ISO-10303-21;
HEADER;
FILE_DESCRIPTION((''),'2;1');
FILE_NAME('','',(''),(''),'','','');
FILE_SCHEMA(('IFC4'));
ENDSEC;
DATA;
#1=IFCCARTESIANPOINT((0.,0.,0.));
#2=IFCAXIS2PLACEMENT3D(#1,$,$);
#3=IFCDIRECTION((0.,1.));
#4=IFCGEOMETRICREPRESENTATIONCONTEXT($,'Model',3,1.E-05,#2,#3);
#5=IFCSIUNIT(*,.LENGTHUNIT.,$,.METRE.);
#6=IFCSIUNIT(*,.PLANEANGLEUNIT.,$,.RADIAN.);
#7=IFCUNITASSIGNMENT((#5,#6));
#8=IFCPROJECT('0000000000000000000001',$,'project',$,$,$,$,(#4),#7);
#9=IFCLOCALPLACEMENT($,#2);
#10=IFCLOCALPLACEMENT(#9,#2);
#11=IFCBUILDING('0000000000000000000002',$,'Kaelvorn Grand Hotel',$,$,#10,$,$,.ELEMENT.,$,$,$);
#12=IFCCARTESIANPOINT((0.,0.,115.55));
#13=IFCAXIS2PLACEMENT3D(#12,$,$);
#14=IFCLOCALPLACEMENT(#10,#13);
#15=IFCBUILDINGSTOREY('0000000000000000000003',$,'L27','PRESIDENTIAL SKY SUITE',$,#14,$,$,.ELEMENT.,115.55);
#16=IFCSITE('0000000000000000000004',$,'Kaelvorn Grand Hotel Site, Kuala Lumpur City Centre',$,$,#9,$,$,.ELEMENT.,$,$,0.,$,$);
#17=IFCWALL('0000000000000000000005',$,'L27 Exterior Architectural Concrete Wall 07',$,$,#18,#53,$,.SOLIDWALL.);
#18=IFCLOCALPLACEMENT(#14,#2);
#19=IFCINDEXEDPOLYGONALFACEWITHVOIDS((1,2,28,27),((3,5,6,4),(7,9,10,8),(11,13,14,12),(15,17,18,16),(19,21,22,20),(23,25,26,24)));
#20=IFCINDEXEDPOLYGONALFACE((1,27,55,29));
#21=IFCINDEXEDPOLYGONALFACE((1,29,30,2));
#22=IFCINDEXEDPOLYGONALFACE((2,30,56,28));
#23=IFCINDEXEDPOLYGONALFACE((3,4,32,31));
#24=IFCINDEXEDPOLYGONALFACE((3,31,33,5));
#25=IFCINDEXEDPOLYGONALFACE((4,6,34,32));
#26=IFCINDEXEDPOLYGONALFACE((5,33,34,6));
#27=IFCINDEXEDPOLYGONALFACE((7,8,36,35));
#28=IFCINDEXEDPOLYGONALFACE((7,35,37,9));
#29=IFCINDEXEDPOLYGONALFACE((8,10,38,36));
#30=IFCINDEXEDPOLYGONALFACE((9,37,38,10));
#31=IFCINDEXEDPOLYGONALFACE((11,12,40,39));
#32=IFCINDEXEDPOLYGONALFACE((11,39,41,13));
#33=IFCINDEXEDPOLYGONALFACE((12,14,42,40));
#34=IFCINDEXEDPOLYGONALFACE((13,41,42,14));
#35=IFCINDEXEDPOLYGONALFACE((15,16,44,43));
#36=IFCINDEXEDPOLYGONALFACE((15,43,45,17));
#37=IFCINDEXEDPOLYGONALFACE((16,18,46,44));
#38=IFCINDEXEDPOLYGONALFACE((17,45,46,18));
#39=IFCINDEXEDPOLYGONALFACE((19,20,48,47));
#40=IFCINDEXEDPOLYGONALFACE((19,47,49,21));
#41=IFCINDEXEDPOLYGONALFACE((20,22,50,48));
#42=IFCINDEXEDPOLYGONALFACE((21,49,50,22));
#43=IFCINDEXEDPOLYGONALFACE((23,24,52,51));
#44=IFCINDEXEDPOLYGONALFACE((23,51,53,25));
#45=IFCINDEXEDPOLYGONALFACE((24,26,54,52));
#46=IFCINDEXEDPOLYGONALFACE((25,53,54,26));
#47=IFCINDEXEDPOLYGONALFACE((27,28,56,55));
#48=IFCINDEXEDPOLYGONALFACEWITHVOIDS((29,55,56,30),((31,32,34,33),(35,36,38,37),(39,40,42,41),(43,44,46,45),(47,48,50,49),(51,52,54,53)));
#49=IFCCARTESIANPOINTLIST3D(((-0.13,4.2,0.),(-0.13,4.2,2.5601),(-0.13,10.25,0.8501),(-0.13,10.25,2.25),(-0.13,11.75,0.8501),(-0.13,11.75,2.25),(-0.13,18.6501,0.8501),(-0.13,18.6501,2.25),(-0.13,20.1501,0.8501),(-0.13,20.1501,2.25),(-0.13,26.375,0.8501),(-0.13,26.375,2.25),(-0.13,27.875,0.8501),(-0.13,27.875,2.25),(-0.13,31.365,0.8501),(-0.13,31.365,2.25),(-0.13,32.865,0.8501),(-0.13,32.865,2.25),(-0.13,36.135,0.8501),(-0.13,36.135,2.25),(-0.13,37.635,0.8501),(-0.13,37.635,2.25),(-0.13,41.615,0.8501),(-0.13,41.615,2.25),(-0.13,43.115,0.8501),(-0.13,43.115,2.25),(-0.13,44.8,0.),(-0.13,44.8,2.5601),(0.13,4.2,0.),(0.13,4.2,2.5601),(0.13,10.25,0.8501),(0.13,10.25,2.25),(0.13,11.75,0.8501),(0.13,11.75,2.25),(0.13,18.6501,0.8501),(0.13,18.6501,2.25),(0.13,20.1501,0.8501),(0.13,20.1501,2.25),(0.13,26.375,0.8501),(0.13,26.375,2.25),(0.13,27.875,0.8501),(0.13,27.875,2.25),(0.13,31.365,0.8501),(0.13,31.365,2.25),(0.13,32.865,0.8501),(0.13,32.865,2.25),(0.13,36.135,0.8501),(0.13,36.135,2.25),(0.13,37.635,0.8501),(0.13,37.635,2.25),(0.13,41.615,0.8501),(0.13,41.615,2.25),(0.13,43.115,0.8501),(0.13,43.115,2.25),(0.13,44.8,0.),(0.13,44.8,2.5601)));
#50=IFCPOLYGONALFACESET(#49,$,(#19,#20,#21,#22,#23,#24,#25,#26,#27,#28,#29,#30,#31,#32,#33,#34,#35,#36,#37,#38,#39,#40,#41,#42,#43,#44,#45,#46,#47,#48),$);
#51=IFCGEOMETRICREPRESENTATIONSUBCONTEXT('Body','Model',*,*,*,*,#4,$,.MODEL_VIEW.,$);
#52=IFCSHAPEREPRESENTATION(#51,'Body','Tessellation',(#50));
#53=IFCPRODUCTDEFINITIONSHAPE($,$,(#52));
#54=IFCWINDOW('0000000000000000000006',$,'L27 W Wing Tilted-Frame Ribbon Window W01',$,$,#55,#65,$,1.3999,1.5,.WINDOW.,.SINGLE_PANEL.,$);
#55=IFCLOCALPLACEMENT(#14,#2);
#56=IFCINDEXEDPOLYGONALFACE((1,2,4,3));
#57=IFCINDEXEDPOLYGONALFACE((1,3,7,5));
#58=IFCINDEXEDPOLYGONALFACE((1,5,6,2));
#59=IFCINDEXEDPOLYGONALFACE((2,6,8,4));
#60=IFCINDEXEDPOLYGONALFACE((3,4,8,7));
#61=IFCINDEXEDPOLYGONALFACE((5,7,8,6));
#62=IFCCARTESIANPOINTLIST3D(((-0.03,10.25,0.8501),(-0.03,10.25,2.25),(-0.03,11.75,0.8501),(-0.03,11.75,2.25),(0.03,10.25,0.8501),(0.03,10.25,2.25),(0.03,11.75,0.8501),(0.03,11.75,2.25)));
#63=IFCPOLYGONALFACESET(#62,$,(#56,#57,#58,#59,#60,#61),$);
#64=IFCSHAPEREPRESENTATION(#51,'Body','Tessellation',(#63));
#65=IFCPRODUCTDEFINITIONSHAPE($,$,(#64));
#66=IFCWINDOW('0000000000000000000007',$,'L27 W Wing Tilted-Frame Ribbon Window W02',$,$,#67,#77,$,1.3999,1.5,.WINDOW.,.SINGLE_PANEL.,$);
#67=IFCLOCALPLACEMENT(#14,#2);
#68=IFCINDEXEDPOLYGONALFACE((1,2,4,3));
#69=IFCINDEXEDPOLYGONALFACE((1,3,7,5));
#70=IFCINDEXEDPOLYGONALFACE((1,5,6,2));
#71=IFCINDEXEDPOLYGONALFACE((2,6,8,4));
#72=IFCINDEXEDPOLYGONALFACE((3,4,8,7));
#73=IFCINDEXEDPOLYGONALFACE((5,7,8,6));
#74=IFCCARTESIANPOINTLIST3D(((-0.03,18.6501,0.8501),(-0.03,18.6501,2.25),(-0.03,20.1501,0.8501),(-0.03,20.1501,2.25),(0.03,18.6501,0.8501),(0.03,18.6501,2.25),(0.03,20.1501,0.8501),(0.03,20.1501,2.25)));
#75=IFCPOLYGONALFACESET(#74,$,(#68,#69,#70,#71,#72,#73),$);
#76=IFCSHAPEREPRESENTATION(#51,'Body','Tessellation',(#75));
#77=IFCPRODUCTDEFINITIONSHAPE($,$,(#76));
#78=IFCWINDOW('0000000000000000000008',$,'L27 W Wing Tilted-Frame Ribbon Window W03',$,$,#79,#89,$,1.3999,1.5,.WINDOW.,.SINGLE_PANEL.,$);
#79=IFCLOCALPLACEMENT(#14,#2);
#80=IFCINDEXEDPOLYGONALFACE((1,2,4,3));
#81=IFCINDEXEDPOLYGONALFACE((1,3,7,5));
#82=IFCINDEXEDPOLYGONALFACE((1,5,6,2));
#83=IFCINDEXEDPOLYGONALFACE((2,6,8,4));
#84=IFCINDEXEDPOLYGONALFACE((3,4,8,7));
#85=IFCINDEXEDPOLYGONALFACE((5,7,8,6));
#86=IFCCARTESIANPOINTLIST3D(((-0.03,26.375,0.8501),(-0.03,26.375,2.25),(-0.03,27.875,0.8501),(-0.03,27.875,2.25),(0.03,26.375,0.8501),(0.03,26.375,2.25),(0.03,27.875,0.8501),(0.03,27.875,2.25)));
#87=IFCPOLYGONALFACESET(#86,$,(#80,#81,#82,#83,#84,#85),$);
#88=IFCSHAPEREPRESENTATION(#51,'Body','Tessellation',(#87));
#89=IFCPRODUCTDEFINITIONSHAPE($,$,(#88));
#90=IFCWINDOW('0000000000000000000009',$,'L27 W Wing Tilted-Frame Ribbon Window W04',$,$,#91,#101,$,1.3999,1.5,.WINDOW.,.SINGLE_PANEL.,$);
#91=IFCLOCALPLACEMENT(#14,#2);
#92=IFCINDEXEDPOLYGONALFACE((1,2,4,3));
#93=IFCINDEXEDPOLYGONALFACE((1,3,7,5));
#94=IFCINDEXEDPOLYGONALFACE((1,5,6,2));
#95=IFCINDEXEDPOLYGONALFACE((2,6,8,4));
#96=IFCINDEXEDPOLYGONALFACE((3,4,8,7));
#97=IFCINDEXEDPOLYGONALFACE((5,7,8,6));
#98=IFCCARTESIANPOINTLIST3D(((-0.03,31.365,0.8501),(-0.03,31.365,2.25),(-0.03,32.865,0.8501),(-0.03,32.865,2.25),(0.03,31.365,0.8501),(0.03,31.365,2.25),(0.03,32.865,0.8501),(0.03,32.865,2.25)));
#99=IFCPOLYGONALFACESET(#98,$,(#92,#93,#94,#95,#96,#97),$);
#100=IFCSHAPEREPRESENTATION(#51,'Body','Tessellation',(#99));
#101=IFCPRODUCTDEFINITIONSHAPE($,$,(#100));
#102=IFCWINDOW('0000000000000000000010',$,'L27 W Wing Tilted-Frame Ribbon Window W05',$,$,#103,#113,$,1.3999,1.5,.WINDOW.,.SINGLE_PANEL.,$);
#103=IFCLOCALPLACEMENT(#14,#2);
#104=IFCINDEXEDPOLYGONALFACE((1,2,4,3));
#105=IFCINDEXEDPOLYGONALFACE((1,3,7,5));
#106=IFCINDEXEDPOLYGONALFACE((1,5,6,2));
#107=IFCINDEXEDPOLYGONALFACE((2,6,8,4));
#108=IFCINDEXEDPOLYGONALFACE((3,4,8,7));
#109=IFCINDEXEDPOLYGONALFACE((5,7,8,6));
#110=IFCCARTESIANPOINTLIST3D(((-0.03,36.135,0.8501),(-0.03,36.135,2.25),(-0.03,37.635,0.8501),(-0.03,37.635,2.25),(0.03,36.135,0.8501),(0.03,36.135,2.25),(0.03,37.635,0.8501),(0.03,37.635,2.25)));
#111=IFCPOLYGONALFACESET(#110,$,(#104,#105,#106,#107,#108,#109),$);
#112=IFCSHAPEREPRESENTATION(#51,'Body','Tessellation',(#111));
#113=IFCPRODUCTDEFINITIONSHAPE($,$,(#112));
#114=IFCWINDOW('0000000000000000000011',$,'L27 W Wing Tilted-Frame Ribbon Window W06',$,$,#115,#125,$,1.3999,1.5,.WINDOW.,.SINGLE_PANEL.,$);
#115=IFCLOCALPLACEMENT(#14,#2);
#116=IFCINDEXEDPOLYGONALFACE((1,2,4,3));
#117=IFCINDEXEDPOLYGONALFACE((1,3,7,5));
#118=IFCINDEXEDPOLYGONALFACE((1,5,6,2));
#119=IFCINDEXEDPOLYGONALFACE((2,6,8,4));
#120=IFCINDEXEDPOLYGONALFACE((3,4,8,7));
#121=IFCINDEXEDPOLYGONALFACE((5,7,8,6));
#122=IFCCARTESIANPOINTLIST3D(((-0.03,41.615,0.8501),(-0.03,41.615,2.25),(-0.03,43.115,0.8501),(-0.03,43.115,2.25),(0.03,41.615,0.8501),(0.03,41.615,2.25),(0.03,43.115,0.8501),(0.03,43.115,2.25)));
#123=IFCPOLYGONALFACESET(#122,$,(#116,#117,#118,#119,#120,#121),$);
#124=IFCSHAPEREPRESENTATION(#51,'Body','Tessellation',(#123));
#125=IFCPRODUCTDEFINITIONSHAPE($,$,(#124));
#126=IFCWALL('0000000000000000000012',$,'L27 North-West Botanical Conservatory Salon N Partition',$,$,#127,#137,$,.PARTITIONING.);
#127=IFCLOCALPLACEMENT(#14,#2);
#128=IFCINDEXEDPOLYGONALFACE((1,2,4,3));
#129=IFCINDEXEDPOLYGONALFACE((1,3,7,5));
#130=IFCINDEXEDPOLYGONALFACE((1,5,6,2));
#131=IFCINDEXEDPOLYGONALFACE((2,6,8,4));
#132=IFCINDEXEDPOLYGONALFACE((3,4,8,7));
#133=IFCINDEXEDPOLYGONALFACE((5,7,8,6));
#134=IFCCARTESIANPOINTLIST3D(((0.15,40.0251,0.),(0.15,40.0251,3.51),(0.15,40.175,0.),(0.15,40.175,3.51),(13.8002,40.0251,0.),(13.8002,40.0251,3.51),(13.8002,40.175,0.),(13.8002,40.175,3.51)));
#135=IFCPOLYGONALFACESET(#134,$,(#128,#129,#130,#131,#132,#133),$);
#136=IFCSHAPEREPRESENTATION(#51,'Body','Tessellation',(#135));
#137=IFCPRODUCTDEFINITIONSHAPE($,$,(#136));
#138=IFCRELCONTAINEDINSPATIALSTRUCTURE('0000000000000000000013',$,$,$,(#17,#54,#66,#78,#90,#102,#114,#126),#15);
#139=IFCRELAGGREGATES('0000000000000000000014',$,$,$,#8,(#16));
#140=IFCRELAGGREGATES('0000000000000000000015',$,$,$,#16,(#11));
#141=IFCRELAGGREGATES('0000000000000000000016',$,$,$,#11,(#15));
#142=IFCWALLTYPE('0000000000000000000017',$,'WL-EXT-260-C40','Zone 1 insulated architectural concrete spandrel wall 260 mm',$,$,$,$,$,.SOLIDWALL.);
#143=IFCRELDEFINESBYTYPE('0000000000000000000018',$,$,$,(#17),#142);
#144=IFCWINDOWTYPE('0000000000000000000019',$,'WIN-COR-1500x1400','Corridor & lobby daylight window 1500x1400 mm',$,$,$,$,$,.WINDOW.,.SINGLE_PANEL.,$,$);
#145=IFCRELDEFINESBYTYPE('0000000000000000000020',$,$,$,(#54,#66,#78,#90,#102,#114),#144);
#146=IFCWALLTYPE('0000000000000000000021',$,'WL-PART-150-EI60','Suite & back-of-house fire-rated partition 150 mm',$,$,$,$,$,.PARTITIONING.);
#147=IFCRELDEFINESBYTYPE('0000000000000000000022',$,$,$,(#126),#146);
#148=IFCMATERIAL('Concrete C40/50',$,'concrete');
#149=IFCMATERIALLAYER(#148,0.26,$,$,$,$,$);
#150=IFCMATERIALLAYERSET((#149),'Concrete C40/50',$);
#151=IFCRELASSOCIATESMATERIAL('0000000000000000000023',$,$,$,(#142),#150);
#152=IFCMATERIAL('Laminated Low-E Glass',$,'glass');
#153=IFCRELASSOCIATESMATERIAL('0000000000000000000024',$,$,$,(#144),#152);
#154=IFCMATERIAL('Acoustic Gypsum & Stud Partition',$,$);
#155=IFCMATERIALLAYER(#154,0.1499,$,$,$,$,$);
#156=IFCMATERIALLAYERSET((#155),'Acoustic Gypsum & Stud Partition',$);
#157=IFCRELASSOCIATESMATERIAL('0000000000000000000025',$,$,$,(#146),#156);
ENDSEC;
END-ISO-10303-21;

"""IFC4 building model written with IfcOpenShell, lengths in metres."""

from ifc_helpers import new_model, si_unit, direction, frame, frame_2d, origin, place, context, subcontext, project, spatial, rectangle, extrude, material, layer, layer_set, type_object, element, fill, save


model = new_model("IFC4")

# Units and contexts
model_context = context("Model", 3, precision=1e-05, world=origin(), true_north=direction((0.0, 1.0)))
body_context = subcontext(model_context, "Body", "Model", "MODEL_VIEW")
ifc_project = project(units=[si_unit("LENGTHUNIT", "METRE"), si_unit("PLANEANGLEUNIT", "RADIAN")], contexts=[model_context])

# Site, building, storey
site_placement = place(None, origin())
site = spatial("IfcSite", under=ifc_project, at=site_placement, Name="Kaelvorn Grand Hotel Site, Kuala Lumpur City Centre", CompositionType="ELEMENT", RefElevation=0.0)
building_placement = place(site_placement, origin())
building = spatial("IfcBuilding", under=site, at=building_placement, Name="Kaelvorn Grand Hotel", CompositionType="ELEMENT")
storey_placement = place(building_placement, frame((0.0, 0.0, 115.55)))
storey = spatial("IfcBuildingStorey", under=building, at=storey_placement, Name="L27", Description="PRESIDENTIAL SKY SUITE", CompositionType="ELEMENT", Elevation=115.55)

# Shared definitions
ifc_material_1 = material(Name="Concrete C40/50", Category="concrete")
ifc_layer_1 = layer(ifc_material_1, 0.26)
ifc_layer_set_1 = layer_set([ifc_layer_1], Name="Concrete C40/50")
wall_type_1 = type_object("IfcWallType", Name="WL-EXT-260-C40", Description="Zone 1 insulated architectural concrete spandrel wall 260 mm", PredefinedType="SOLIDWALL", material=ifc_layer_set_1)

# Wall, openings, windows
wall_1_placement = place(storey_placement, frame((0.0, 44.8, 0.0), z_axis=(0.0, 0.0, 1.0), x_axis=(0.0, -1.0, 0.0)))
wall_1 = element("IfcWall", 1, at=wall_1_placement, inside=storey, type_object=wall_type_1, Name="L27 Exterior Architectural Concrete Wall 07", PredefinedType="SOLIDWALL", context=body_context, shape_type="SweptSolid", body=[
    extrude(rectangle(XDim=40.6001, YDim=0.26, at=frame_2d((20.3, 0.0))), origin(), (0.0, 0.0, 1.0), 2.5601),
])
opening_1_placement = place(wall_1_placement, frame((33.05, 0.0, 0.8501)))
opening_1 = element("IfcOpeningElement", 2, at=opening_1_placement, cuts=wall_1, PredefinedType="OPENING", context=body_context, shape_type="SweptSolid", body=[
    extrude(rectangle(XDim=1.5, YDim=1.3999, at=frame_2d((0.75, 0.7))), frame((0.0, 0.1401, 0.0), z_axis=(0.0, -1.0, 0.0), x_axis=(1.0, 0.0, 0.0)), (0.0, 0.0, 1.0), 0.28),
])
opening_2_placement = place(wall_1_placement, frame((24.6499, 0.0, 0.8501)))
opening_2 = element("IfcOpeningElement", 3, at=opening_2_placement, cuts=wall_1, PredefinedType="OPENING", context=body_context, shape_type="SweptSolid", body=[
    extrude(rectangle(XDim=1.5, YDim=1.3999, at=frame_2d((0.75, 0.7))), frame((0.0, 0.1401, 0.0), z_axis=(0.0, -1.0, 0.0), x_axis=(1.0, 0.0, 0.0)), (0.0, 0.0, 1.0), 0.28),
])
opening_3_placement = place(wall_1_placement, frame((16.925, 0.0, 0.8501)))
opening_3 = element("IfcOpeningElement", 4, at=opening_3_placement, cuts=wall_1, PredefinedType="OPENING", context=body_context, shape_type="SweptSolid", body=[
    extrude(rectangle(XDim=1.5, YDim=1.3999, at=frame_2d((0.75, 0.7))), frame((0.0, 0.1401, 0.0), z_axis=(0.0, -1.0, 0.0), x_axis=(1.0, 0.0, 0.0)), (0.0, 0.0, 1.0), 0.28),
])
opening_4_placement = place(wall_1_placement, frame((11.9351, 0.0, 0.8501)))
opening_4 = element("IfcOpeningElement", 5, at=opening_4_placement, cuts=wall_1, PredefinedType="OPENING", context=body_context, shape_type="SweptSolid", body=[
    extrude(rectangle(XDim=1.5, YDim=1.3999, at=frame_2d((0.75, 0.7))), frame((0.0, 0.1401, 0.0), z_axis=(0.0, -1.0, 0.0), x_axis=(1.0, 0.0, 0.0)), (0.0, 0.0, 1.0), 0.28),
])
opening_5_placement = place(wall_1_placement, frame((7.165, 0.0, 0.8501)))
opening_5 = element("IfcOpeningElement", 6, at=opening_5_placement, cuts=wall_1, PredefinedType="OPENING", context=body_context, shape_type="SweptSolid", body=[
    extrude(rectangle(XDim=1.5, YDim=1.3999, at=frame_2d((0.75, 0.7))), frame((0.0, 0.1401, 0.0), z_axis=(0.0, -1.0, 0.0), x_axis=(1.0, 0.0, 0.0)), (0.0, 0.0, 1.0), 0.28),
])
opening_6_placement = place(wall_1_placement, frame((1.6851, 0.0, 0.8501)))
opening_6 = element("IfcOpeningElement", 7, at=opening_6_placement, cuts=wall_1, PredefinedType="OPENING", context=body_context, shape_type="SweptSolid", body=[
    extrude(rectangle(XDim=1.5, YDim=1.3999, at=frame_2d((0.75, 0.7))), frame((0.0, 0.1401, 0.0), z_axis=(0.0, -1.0, 0.0), x_axis=(1.0, 0.0, 0.0)), (0.0, 0.0, 1.0), 0.28),
])
ifc_material_2 = material(Name="Laminated Low-E Glass", Category="glass")
window_type = type_object("IfcWindowType", Name="WIN-COR-1500x1400", Description="Corridor & lobby daylight window 1500x1400 mm", PartitioningType="SINGLE_PANEL", PredefinedType="WINDOW", material=ifc_material_2)
window_1_placement = place(opening_1_placement, origin())
window_1 = element("IfcWindow", 8, at=window_1_placement, inside=storey, type_object=window_type, Name="L27 W Wing Tilted-Frame Ribbon Window W01", OverallHeight=1.3999, OverallWidth=1.5, PartitioningType="SINGLE_PANEL", PredefinedType="WINDOW", context=body_context, shape_type="SweptSolid", body=[
    extrude(rectangle(XDim=1.5, YDim=1.3999, at=frame_2d((0.75, 0.7))), frame((0.0, 0.03, 0.0), z_axis=(0.0, -1.0, 0.0), x_axis=(1.0, 0.0, 0.0)), (0.0, 0.0, 1.0), 0.0601),
])
fill(opening_1, window_1)
window_2_placement = place(opening_2_placement, origin())
window_2 = element("IfcWindow", 9, at=window_2_placement, inside=storey, type_object=window_type, Name="L27 W Wing Tilted-Frame Ribbon Window W02", OverallHeight=1.3999, OverallWidth=1.5, PartitioningType="SINGLE_PANEL", PredefinedType="WINDOW", context=body_context, shape_type="SweptSolid", body=[
    extrude(rectangle(XDim=1.5, YDim=1.3999, at=frame_2d((0.75, 0.7))), frame((0.0, 0.03, 0.0), z_axis=(0.0, -1.0, 0.0), x_axis=(1.0, 0.0, 0.0)), (0.0, 0.0, 1.0), 0.0601),
])
fill(opening_2, window_2)
window_3_placement = place(opening_3_placement, origin())
window_3 = element("IfcWindow", 10, at=window_3_placement, inside=storey, type_object=window_type, Name="L27 W Wing Tilted-Frame Ribbon Window W03", OverallHeight=1.3999, OverallWidth=1.5, PartitioningType="SINGLE_PANEL", PredefinedType="WINDOW", context=body_context, shape_type="SweptSolid", body=[
    extrude(rectangle(XDim=1.5, YDim=1.3999, at=frame_2d((0.75, 0.7))), frame((0.0, 0.03, 0.0), z_axis=(0.0, -1.0, 0.0), x_axis=(1.0, 0.0, 0.0)), (0.0, 0.0, 1.0), 0.0601),
])
fill(opening_3, window_3)
window_4_placement = place(opening_4_placement, origin())
window_4 = element("IfcWindow", 11, at=window_4_placement, inside=storey, type_object=window_type, Name="L27 W Wing Tilted-Frame Ribbon Window W04", OverallHeight=1.3999, OverallWidth=1.5, PartitioningType="SINGLE_PANEL", PredefinedType="WINDOW", context=body_context, shape_type="SweptSolid", body=[
    extrude(rectangle(XDim=1.5, YDim=1.3999, at=frame_2d((0.75, 0.7))), frame((0.0, 0.03, 0.0), z_axis=(0.0, -1.0, 0.0), x_axis=(1.0, 0.0, 0.0)), (0.0, 0.0, 1.0), 0.0601),
])
fill(opening_4, window_4)
window_5_placement = place(opening_5_placement, origin())
window_5 = element("IfcWindow", 12, at=window_5_placement, inside=storey, type_object=window_type, Name="L27 W Wing Tilted-Frame Ribbon Window W05", OverallHeight=1.3999, OverallWidth=1.5, PartitioningType="SINGLE_PANEL", PredefinedType="WINDOW", context=body_context, shape_type="SweptSolid", body=[
    extrude(rectangle(XDim=1.5, YDim=1.3999, at=frame_2d((0.75, 0.7))), frame((0.0, 0.03, 0.0), z_axis=(0.0, -1.0, 0.0), x_axis=(1.0, 0.0, 0.0)), (0.0, 0.0, 1.0), 0.0601),
])
fill(opening_5, window_5)
window_6_placement = place(opening_6_placement, origin())
window_6 = element("IfcWindow", 13, at=window_6_placement, inside=storey, type_object=window_type, Name="L27 W Wing Tilted-Frame Ribbon Window W06", OverallHeight=1.3999, OverallWidth=1.5, PartitioningType="SINGLE_PANEL", PredefinedType="WINDOW", context=body_context, shape_type="SweptSolid", body=[
    extrude(rectangle(XDim=1.5, YDim=1.3999, at=frame_2d((0.75, 0.7))), frame((0.0, 0.03, 0.0), z_axis=(0.0, -1.0, 0.0), x_axis=(1.0, 0.0, 0.0)), (0.0, 0.0, 1.0), 0.0601),
])
fill(opening_6, window_6)

# Wall
ifc_material_3 = material(Name="Acoustic Gypsum & Stud Partition")
ifc_layer_2 = layer(ifc_material_3, 0.1499)
ifc_layer_set_2 = layer_set([ifc_layer_2], Name="Acoustic Gypsum & Stud Partition")
wall_type_2 = type_object("IfcWallType", Name="WL-PART-150-EI60", Description="Suite & back-of-house fire-rated partition 150 mm", PredefinedType="PARTITIONING", material=ifc_layer_set_2)
wall_2_placement = place(storey_placement, frame((0.1499, 40.1001, 0.0), z_axis=(0.0, 0.0, 1.0), x_axis=(1.0, 0.0, 0.0)))
element("IfcWall", 14, at=wall_2_placement, inside=storey, type_object=wall_type_2, Name="L27 North-West Botanical Conservatory Salon N Partition", PredefinedType="PARTITIONING", context=body_context, shape_type="SweptSolid", body=[
    extrude(rectangle(XDim=13.6501, YDim=0.1499, at=frame_2d((6.8252, 0.0))), origin(), (0.0, 0.0, 1.0), 3.51),
])

save(model, "model.ifc")
